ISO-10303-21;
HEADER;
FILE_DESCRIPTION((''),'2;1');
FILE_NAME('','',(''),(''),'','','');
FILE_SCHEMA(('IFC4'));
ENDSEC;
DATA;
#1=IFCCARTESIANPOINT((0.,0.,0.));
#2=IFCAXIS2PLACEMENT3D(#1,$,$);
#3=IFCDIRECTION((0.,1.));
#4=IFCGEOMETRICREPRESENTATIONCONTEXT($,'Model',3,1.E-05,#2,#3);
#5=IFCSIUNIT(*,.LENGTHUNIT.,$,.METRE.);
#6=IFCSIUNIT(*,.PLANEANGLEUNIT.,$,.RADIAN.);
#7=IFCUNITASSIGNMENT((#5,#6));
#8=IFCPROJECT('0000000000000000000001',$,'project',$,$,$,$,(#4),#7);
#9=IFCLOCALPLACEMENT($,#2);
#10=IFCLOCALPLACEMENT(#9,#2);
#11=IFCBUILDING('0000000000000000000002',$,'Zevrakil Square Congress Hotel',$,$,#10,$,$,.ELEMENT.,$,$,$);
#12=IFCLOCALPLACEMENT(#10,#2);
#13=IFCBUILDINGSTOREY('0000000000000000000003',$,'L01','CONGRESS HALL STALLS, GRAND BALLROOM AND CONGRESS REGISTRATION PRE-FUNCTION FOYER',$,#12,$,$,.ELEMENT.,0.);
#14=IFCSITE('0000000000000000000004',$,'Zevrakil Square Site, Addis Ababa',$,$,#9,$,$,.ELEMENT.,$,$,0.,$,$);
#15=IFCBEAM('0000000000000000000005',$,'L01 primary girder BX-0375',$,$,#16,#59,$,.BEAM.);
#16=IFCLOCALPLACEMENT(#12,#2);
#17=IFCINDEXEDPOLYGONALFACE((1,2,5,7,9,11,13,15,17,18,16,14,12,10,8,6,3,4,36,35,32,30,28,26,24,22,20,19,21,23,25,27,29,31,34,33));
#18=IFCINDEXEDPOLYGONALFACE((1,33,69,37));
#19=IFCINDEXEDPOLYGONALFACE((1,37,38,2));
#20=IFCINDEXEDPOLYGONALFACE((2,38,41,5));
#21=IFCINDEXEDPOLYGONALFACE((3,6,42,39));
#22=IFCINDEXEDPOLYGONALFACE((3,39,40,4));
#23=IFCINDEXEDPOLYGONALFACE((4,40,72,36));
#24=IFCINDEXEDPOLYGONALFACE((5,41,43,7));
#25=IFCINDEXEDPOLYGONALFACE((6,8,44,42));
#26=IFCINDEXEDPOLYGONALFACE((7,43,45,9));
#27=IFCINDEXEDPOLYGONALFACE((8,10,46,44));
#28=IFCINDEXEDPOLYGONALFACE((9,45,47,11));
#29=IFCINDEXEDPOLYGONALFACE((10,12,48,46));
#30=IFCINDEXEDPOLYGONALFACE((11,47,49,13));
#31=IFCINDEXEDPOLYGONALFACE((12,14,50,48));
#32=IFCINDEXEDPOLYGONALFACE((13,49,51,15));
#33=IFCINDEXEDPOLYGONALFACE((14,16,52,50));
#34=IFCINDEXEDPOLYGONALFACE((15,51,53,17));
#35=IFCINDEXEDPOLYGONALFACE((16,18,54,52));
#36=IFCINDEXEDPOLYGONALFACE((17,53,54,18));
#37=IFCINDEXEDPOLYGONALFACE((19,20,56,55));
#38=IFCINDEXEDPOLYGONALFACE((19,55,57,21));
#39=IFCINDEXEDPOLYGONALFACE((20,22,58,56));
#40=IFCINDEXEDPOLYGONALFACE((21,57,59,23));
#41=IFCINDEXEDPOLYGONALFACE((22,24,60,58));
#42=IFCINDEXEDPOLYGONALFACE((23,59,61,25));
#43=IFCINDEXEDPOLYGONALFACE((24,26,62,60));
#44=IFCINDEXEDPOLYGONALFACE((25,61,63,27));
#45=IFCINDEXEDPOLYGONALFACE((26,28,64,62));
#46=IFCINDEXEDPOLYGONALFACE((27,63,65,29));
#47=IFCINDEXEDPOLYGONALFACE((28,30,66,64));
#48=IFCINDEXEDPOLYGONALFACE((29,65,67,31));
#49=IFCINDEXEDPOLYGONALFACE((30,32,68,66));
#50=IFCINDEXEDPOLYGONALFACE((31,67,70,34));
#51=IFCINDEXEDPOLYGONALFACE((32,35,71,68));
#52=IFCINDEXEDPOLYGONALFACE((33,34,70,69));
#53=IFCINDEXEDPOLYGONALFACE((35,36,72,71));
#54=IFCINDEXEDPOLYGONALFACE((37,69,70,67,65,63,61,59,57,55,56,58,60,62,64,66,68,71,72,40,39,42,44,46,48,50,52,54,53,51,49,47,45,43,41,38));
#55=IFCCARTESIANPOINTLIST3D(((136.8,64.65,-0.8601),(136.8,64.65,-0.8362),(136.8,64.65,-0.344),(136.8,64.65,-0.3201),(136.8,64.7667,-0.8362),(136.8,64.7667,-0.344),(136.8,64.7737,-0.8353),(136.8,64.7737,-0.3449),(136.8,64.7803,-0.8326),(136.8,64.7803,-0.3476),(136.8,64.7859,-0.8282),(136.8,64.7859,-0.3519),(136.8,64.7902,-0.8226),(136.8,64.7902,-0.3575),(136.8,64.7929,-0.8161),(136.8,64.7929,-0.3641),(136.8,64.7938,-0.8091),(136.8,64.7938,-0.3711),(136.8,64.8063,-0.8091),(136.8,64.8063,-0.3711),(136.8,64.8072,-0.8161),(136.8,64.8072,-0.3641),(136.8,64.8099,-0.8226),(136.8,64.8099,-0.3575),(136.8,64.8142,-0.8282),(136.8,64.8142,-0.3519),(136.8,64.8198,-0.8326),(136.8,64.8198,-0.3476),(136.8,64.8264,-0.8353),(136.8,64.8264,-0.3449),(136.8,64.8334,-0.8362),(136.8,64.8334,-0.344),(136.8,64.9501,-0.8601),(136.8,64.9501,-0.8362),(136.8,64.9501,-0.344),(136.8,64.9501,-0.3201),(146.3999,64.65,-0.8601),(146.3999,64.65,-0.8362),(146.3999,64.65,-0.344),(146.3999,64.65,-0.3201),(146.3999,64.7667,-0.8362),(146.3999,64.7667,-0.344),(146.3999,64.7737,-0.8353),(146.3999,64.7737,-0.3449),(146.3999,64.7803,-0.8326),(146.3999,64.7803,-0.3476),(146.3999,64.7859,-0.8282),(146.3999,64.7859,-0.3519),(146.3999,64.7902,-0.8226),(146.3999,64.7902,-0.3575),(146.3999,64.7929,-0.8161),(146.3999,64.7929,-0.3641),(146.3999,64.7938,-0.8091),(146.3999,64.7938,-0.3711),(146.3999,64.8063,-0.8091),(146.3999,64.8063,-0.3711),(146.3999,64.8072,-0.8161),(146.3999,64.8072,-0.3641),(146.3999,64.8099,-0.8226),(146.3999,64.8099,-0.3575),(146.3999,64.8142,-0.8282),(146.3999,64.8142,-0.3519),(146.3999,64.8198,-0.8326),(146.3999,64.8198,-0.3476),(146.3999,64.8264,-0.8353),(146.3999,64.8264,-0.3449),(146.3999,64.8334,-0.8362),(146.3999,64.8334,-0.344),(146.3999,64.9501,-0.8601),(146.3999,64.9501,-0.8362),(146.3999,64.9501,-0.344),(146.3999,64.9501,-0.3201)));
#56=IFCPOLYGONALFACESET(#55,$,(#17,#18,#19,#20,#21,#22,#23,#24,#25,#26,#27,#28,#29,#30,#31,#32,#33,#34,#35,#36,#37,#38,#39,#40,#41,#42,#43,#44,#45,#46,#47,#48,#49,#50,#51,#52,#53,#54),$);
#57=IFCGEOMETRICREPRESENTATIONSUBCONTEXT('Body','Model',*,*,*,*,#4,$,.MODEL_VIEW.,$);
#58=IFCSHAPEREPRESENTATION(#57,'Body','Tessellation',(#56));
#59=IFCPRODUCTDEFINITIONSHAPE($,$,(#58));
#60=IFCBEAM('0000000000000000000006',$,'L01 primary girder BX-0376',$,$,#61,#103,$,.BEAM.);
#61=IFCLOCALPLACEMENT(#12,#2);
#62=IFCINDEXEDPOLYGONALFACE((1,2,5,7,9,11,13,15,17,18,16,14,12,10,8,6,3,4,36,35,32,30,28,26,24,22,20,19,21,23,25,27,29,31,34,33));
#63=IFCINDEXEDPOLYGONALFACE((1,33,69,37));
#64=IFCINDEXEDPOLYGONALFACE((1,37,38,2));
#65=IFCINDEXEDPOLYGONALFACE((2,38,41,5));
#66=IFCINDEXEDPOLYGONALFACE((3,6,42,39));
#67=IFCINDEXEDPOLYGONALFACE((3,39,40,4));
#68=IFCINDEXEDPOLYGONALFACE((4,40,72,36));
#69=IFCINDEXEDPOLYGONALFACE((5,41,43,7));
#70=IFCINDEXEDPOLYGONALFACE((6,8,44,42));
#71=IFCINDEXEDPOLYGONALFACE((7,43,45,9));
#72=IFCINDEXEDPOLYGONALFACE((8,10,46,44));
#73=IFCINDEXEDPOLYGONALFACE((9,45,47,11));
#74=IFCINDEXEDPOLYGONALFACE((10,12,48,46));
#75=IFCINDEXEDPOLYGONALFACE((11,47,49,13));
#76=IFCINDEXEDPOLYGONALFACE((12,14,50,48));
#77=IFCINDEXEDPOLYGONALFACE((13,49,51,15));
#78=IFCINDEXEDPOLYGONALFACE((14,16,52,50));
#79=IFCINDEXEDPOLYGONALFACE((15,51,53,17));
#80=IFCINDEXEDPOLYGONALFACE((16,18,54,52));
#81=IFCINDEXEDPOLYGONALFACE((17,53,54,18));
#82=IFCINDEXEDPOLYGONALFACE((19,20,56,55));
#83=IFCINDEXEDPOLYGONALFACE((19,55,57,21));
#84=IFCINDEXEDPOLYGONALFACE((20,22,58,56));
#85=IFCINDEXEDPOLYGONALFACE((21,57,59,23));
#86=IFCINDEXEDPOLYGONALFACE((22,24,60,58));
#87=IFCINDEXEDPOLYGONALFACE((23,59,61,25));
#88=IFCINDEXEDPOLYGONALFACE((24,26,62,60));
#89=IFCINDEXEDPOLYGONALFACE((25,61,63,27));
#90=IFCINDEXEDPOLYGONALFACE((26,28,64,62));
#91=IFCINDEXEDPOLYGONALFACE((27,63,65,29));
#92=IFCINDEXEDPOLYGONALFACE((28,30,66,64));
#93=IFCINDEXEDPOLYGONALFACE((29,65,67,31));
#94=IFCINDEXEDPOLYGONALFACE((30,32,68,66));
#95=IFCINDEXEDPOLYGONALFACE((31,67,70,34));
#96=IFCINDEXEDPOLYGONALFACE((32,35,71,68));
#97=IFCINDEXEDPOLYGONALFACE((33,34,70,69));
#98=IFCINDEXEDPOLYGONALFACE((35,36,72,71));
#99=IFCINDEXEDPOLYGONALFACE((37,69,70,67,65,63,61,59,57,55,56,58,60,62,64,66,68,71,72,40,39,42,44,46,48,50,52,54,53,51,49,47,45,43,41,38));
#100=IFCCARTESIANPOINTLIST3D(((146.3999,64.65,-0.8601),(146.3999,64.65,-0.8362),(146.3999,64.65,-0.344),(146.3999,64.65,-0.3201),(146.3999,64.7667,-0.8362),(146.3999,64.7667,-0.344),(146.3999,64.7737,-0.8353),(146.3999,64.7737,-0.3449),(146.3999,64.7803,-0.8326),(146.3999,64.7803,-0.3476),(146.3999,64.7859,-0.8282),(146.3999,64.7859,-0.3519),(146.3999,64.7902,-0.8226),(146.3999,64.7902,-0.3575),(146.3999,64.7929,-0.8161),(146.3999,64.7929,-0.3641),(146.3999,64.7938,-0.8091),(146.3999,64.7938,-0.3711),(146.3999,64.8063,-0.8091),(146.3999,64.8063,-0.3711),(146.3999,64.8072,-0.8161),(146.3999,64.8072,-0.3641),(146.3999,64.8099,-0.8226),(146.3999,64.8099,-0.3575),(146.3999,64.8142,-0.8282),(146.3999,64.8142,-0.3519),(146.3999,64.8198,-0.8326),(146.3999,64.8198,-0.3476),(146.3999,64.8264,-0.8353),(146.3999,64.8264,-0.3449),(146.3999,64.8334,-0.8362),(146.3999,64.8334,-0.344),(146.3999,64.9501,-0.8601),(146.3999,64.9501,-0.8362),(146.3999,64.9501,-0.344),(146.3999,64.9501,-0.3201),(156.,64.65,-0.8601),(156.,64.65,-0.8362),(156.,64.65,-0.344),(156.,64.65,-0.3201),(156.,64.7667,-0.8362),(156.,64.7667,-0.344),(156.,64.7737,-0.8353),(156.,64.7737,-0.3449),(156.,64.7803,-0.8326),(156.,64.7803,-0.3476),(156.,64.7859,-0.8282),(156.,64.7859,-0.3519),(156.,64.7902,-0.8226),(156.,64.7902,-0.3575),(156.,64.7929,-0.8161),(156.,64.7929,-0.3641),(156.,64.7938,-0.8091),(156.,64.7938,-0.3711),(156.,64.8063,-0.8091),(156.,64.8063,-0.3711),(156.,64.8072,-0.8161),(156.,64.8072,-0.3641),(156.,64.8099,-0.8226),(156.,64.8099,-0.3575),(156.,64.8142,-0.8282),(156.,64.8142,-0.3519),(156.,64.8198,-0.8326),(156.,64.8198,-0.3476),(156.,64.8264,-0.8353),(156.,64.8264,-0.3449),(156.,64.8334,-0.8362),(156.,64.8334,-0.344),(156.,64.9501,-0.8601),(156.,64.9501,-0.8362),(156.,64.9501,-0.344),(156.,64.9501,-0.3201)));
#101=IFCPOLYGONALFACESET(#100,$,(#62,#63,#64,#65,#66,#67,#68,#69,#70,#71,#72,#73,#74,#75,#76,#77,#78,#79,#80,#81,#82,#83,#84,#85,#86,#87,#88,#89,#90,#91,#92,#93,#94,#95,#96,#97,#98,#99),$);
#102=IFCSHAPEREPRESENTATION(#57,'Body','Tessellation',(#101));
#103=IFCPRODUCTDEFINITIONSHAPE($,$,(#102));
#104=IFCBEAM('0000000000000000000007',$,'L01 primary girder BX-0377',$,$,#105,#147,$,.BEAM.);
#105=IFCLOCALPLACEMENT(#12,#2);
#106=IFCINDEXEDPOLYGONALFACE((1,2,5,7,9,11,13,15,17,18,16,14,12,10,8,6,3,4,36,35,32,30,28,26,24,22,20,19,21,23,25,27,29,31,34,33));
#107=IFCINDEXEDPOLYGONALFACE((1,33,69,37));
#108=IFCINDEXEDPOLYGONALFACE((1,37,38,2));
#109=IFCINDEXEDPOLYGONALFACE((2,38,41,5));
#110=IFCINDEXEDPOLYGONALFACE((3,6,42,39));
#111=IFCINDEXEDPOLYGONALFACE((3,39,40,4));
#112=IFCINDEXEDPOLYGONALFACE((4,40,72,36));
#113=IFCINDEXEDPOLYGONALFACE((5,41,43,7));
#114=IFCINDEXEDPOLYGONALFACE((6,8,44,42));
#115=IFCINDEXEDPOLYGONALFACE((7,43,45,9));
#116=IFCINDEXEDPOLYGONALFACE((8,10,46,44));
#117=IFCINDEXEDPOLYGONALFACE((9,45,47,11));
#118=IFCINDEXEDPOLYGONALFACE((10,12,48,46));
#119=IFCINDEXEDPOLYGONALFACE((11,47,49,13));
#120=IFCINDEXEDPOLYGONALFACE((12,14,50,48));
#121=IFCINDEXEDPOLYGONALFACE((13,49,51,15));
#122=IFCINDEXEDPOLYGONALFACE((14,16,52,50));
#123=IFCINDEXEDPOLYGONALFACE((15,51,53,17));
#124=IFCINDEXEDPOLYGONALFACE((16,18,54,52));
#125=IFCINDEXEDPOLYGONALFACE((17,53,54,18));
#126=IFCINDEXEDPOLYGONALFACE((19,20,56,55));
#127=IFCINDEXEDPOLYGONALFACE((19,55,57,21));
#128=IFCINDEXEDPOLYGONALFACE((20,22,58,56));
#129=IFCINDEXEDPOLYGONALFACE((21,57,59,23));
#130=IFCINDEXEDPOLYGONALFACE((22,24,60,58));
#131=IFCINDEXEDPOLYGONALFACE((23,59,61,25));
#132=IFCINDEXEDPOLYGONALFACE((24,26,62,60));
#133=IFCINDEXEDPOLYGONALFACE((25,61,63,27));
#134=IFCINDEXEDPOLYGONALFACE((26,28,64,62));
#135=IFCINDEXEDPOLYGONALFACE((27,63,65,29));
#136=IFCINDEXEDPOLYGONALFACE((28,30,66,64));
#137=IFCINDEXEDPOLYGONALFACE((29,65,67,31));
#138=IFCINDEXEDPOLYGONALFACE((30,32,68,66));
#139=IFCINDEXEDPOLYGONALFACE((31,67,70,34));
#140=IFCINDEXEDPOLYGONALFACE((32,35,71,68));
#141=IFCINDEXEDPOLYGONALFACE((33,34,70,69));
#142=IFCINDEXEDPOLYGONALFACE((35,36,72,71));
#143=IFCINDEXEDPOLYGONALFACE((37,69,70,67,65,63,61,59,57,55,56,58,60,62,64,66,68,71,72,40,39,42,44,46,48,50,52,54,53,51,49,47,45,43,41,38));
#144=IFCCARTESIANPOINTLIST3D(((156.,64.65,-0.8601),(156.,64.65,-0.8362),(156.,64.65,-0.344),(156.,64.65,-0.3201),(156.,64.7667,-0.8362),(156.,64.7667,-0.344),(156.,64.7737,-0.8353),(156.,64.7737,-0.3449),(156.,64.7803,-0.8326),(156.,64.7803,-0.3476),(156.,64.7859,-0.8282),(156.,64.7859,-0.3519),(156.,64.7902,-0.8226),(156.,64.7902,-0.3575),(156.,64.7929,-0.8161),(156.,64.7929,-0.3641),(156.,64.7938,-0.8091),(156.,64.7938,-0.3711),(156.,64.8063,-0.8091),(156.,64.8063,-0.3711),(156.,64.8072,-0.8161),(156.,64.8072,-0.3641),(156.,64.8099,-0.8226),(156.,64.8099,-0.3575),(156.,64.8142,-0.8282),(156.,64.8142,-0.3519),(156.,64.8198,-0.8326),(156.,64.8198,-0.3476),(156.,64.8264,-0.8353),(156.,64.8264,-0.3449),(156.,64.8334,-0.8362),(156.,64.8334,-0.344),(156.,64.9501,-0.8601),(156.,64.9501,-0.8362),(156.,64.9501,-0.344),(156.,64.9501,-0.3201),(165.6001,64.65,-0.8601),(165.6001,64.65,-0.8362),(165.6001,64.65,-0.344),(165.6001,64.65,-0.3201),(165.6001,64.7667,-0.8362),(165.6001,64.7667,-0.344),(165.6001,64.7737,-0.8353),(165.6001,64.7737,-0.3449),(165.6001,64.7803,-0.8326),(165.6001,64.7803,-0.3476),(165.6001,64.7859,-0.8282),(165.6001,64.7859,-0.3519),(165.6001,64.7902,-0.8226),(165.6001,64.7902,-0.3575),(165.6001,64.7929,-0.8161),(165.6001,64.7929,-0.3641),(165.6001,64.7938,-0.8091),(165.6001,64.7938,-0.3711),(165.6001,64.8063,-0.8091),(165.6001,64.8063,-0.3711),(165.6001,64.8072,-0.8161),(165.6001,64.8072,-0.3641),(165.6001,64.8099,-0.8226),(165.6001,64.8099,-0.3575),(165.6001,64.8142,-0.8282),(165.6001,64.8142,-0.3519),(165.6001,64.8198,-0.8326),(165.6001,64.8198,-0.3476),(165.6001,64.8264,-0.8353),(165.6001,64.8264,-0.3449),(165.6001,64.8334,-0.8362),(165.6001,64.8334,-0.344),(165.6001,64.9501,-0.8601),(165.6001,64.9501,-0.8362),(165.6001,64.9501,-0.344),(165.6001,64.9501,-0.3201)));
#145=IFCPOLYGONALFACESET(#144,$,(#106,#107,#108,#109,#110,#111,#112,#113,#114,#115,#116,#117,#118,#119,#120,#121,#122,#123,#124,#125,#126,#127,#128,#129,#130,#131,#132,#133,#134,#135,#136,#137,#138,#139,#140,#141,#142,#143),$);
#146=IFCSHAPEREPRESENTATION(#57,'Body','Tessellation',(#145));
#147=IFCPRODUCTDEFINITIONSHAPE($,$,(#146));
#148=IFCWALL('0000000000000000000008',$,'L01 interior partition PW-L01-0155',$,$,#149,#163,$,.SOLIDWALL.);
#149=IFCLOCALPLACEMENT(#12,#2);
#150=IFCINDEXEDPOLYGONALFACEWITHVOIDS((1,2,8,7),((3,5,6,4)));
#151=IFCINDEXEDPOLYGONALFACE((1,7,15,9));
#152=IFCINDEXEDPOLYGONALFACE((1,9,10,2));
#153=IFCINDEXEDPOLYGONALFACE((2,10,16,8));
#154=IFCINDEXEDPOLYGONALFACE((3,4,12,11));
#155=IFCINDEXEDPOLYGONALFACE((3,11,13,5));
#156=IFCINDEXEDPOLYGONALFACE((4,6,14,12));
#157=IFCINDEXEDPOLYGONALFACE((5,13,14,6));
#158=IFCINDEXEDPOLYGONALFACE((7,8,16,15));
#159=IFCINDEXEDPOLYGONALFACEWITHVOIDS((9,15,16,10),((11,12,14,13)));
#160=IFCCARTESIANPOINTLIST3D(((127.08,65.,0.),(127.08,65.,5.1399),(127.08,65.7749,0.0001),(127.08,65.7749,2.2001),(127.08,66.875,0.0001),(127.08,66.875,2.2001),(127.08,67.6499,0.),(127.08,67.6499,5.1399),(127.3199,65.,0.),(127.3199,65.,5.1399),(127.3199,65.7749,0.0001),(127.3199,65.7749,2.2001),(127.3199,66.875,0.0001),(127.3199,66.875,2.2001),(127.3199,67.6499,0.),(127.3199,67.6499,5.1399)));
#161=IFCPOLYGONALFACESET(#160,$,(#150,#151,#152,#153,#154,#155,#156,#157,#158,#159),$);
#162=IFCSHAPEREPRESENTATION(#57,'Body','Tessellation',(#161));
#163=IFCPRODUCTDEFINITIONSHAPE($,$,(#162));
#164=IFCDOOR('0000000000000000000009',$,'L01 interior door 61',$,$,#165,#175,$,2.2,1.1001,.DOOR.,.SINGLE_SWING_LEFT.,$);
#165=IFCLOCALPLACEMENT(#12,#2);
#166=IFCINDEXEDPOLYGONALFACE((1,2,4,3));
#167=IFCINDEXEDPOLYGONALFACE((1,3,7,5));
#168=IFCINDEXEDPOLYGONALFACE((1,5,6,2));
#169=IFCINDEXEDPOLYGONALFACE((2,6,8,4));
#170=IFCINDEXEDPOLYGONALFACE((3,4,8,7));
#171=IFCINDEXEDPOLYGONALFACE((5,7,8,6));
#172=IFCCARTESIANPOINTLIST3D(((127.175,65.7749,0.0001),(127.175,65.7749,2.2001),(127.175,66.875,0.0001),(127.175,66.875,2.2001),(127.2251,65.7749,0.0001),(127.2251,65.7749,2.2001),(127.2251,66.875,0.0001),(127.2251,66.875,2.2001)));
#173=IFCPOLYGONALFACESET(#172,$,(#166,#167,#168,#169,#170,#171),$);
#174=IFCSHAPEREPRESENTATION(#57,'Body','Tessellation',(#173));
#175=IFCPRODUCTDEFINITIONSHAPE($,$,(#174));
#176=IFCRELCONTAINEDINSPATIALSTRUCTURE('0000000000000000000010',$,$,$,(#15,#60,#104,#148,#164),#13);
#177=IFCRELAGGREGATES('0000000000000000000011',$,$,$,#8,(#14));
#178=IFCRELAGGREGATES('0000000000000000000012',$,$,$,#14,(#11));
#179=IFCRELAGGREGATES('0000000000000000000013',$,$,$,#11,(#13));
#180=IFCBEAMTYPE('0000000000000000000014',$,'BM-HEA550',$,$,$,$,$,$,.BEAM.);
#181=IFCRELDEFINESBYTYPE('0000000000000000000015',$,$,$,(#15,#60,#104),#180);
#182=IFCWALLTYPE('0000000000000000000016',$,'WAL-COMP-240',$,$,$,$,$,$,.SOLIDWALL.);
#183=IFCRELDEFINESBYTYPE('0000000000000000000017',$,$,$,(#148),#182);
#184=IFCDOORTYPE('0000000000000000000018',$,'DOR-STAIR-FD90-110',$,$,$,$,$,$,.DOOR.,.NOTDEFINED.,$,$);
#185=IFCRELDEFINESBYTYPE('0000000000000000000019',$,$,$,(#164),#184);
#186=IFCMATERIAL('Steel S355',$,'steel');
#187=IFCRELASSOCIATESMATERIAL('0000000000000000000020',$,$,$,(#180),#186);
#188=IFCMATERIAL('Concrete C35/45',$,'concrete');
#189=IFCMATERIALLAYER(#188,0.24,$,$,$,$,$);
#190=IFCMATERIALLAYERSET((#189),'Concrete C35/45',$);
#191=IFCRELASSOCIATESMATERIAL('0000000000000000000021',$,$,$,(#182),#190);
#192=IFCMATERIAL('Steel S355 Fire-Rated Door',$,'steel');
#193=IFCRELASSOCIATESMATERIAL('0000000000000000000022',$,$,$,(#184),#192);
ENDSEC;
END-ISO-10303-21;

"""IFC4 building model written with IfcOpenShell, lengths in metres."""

from ifc_helpers import new_model, si_unit, direction, frame, frame_2d, origin, origin_2d, place, context, subcontext, project, spatial, rectangle, i_section, extrude, material, layer, layer_set, material_profile, profile_set, type_object, element, fill, save


model = new_model("IFC4")

# Units and contexts
model_context = context("Model", 3, precision=1e-05, world=origin(), true_north=direction((0.0, 1.0)))
body_context = subcontext(model_context, "Body", "Model", "MODEL_VIEW")
ifc_project = project(units=[si_unit("LENGTHUNIT", "METRE"), si_unit("PLANEANGLEUNIT", "RADIAN")], contexts=[model_context])

# Site, building, storey
site_placement = place(None, origin())
site = spatial("IfcSite", under=ifc_project, at=site_placement, Name="Zevrakil Square Site, Addis Ababa", CompositionType="ELEMENT", RefElevation=0.0)
building_placement = place(site_placement, origin())
building = spatial("IfcBuilding", under=site, at=building_placement, Name="Zevrakil Square Congress Hotel", CompositionType="ELEMENT")
storey_placement = place(building_placement, origin())
storey = spatial("IfcBuildingStorey", under=building, at=storey_placement, Name="L01", Description="CONGRESS HALL STALLS, GRAND BALLROOM AND CONGRESS REGISTRATION PRE-FUNCTION FOYER", CompositionType="ELEMENT", Elevation=0.0)

# Beams
ifc_material_1 = material(Name="Steel S355", Category="steel")
ifc_material_profile_1 = material_profile(ifc_material_1, i_section(OverallWidth=0.3, OverallDepth=0.54, WebThickness=0.0125, FlangeThickness=0.0239, FilletRadius=0.0271, at=origin_2d()), Name="HEA 550")
ifc_profile_set_1 = profile_set([ifc_material_profile_1], Name="Steel S355")
beam_type = type_object("IfcBeamType", Name="BM-HEA550", PredefinedType="BEAM", material=ifc_profile_set_1)
beam_1_placement = place(storey_placement, frame((136.8, 64.8, -0.5901), z_axis=(1.0, 0.0, 0.0), x_axis=(0.0, 1.0, 0.0)))
element("IfcBeam", 1, at=beam_1_placement, inside=storey, type_object=beam_type, Name="L01 primary girder BX-0375", PredefinedType="BEAM", context=body_context, shape_type="SweptSolid", body=[
    extrude(i_section(OverallWidth=0.3, OverallDepth=0.54, WebThickness=0.0125, FlangeThickness=0.0239, FilletRadius=0.0271, at=origin_2d()), origin(), (0.0, 0.0, 1.0), 9.5999),
])
for number, where, z_axis, x_axis, name in (
    (2, (146.3999, 64.8, -0.5901), (1.0, 0.0, 0.0), (0.0, 1.0, 0.0), "L01 primary girder BX-0376"),
    (3, (156.0, 64.8, -0.5901), (1.0, 0.0, 0.0), (0.0, 1.0, 0.0), "L01 primary girder BX-0377"),
):
    element("IfcBeam", number, at=place(storey_placement, frame(where, z_axis=z_axis, x_axis=x_axis)), inside=storey, type_object=beam_type, Name=name, PredefinedType="BEAM", context=body_context, shape_type="SweptSolid", body=[
        extrude(i_section(OverallWidth=0.3, OverallDepth=0.54, WebThickness=0.0125, FlangeThickness=0.0239, FilletRadius=0.0271, at=origin_2d()), origin(), (0.0, 0.0, 1.0), 9.6001),
    ])

# Wall, opening, door
ifc_material_2 = material(Name="Concrete C35/45", Category="concrete")
ifc_layer_1 = layer(ifc_material_2, 0.24)
ifc_layer_set_1 = layer_set([ifc_layer_1], Name="Concrete C35/45")
wall_type_1 = type_object("IfcWallType", Name="WAL-COMP-240", PredefinedType="SOLIDWALL", material=ifc_layer_set_1)
wall_1_placement = place(storey_placement, frame((127.2, 65.0, 0.0), z_axis=(0.0, 0.0, 1.0), x_axis=(0.0, 1.0, 0.0)))
wall_1 = element("IfcWall", 4, at=wall_1_placement, inside=storey, type_object=wall_type_1, Name="L01 interior partition PW-L01-0155", PredefinedType="SOLIDWALL", context=body_context, shape_type="SweptSolid", body=[
    extrude(rectangle(XDim=2.6499, YDim=0.24, at=frame_2d((1.325, 0.0))), origin(), (0.0, 0.0, 1.0), 5.1399),
])
opening_1_placement = place(wall_1_placement, frame((0.7749, 0.0, 0.0)))
opening_1 = element("IfcOpeningElement", 5, at=opening_1_placement, cuts=wall_1, PredefinedType="OPENING", context=body_context, shape_type="SweptSolid", body=[
    extrude(rectangle(XDim=1.1001, YDim=2.2, at=frame_2d((0.55, 1.1001))), frame((0.0, 0.1299, 0.0), z_axis=(0.0, -1.0, 0.0), x_axis=(1.0, 0.0, 0.0)), (0.0, 0.0, 1.0), 0.26),
])
ifc_material_3 = material(Name="Steel S355 Fire-Rated Door", Category="steel")
door_type_1 = type_object("IfcDoorType", Name="DOR-STAIR-FD90-110", OperationType="NOTDEFINED", PredefinedType="DOOR", material=ifc_material_3)
door_1_placement = place(opening_1_placement, origin())
door_1 = element("IfcDoor", 6, at=door_1_placement, inside=storey, type_object=door_type_1, Name="L01 interior door 61", OperationType="SINGLE_SWING_LEFT", OverallHeight=2.2, OverallWidth=1.1001, PredefinedType="DOOR", context=body_context, shape_type="SweptSolid", body=[
    extrude(rectangle(XDim=1.1001, YDim=2.2, at=frame_2d((0.55, 1.1001))), frame((0.0, 0.0249, 0.0), z_axis=(0.0, -1.0, 0.0), x_axis=(1.0, 0.0, 0.0)), (0.0, 0.0, 1.0), 0.05),
])
fill(opening_1, door_1)

save(model, "model.ifc")
